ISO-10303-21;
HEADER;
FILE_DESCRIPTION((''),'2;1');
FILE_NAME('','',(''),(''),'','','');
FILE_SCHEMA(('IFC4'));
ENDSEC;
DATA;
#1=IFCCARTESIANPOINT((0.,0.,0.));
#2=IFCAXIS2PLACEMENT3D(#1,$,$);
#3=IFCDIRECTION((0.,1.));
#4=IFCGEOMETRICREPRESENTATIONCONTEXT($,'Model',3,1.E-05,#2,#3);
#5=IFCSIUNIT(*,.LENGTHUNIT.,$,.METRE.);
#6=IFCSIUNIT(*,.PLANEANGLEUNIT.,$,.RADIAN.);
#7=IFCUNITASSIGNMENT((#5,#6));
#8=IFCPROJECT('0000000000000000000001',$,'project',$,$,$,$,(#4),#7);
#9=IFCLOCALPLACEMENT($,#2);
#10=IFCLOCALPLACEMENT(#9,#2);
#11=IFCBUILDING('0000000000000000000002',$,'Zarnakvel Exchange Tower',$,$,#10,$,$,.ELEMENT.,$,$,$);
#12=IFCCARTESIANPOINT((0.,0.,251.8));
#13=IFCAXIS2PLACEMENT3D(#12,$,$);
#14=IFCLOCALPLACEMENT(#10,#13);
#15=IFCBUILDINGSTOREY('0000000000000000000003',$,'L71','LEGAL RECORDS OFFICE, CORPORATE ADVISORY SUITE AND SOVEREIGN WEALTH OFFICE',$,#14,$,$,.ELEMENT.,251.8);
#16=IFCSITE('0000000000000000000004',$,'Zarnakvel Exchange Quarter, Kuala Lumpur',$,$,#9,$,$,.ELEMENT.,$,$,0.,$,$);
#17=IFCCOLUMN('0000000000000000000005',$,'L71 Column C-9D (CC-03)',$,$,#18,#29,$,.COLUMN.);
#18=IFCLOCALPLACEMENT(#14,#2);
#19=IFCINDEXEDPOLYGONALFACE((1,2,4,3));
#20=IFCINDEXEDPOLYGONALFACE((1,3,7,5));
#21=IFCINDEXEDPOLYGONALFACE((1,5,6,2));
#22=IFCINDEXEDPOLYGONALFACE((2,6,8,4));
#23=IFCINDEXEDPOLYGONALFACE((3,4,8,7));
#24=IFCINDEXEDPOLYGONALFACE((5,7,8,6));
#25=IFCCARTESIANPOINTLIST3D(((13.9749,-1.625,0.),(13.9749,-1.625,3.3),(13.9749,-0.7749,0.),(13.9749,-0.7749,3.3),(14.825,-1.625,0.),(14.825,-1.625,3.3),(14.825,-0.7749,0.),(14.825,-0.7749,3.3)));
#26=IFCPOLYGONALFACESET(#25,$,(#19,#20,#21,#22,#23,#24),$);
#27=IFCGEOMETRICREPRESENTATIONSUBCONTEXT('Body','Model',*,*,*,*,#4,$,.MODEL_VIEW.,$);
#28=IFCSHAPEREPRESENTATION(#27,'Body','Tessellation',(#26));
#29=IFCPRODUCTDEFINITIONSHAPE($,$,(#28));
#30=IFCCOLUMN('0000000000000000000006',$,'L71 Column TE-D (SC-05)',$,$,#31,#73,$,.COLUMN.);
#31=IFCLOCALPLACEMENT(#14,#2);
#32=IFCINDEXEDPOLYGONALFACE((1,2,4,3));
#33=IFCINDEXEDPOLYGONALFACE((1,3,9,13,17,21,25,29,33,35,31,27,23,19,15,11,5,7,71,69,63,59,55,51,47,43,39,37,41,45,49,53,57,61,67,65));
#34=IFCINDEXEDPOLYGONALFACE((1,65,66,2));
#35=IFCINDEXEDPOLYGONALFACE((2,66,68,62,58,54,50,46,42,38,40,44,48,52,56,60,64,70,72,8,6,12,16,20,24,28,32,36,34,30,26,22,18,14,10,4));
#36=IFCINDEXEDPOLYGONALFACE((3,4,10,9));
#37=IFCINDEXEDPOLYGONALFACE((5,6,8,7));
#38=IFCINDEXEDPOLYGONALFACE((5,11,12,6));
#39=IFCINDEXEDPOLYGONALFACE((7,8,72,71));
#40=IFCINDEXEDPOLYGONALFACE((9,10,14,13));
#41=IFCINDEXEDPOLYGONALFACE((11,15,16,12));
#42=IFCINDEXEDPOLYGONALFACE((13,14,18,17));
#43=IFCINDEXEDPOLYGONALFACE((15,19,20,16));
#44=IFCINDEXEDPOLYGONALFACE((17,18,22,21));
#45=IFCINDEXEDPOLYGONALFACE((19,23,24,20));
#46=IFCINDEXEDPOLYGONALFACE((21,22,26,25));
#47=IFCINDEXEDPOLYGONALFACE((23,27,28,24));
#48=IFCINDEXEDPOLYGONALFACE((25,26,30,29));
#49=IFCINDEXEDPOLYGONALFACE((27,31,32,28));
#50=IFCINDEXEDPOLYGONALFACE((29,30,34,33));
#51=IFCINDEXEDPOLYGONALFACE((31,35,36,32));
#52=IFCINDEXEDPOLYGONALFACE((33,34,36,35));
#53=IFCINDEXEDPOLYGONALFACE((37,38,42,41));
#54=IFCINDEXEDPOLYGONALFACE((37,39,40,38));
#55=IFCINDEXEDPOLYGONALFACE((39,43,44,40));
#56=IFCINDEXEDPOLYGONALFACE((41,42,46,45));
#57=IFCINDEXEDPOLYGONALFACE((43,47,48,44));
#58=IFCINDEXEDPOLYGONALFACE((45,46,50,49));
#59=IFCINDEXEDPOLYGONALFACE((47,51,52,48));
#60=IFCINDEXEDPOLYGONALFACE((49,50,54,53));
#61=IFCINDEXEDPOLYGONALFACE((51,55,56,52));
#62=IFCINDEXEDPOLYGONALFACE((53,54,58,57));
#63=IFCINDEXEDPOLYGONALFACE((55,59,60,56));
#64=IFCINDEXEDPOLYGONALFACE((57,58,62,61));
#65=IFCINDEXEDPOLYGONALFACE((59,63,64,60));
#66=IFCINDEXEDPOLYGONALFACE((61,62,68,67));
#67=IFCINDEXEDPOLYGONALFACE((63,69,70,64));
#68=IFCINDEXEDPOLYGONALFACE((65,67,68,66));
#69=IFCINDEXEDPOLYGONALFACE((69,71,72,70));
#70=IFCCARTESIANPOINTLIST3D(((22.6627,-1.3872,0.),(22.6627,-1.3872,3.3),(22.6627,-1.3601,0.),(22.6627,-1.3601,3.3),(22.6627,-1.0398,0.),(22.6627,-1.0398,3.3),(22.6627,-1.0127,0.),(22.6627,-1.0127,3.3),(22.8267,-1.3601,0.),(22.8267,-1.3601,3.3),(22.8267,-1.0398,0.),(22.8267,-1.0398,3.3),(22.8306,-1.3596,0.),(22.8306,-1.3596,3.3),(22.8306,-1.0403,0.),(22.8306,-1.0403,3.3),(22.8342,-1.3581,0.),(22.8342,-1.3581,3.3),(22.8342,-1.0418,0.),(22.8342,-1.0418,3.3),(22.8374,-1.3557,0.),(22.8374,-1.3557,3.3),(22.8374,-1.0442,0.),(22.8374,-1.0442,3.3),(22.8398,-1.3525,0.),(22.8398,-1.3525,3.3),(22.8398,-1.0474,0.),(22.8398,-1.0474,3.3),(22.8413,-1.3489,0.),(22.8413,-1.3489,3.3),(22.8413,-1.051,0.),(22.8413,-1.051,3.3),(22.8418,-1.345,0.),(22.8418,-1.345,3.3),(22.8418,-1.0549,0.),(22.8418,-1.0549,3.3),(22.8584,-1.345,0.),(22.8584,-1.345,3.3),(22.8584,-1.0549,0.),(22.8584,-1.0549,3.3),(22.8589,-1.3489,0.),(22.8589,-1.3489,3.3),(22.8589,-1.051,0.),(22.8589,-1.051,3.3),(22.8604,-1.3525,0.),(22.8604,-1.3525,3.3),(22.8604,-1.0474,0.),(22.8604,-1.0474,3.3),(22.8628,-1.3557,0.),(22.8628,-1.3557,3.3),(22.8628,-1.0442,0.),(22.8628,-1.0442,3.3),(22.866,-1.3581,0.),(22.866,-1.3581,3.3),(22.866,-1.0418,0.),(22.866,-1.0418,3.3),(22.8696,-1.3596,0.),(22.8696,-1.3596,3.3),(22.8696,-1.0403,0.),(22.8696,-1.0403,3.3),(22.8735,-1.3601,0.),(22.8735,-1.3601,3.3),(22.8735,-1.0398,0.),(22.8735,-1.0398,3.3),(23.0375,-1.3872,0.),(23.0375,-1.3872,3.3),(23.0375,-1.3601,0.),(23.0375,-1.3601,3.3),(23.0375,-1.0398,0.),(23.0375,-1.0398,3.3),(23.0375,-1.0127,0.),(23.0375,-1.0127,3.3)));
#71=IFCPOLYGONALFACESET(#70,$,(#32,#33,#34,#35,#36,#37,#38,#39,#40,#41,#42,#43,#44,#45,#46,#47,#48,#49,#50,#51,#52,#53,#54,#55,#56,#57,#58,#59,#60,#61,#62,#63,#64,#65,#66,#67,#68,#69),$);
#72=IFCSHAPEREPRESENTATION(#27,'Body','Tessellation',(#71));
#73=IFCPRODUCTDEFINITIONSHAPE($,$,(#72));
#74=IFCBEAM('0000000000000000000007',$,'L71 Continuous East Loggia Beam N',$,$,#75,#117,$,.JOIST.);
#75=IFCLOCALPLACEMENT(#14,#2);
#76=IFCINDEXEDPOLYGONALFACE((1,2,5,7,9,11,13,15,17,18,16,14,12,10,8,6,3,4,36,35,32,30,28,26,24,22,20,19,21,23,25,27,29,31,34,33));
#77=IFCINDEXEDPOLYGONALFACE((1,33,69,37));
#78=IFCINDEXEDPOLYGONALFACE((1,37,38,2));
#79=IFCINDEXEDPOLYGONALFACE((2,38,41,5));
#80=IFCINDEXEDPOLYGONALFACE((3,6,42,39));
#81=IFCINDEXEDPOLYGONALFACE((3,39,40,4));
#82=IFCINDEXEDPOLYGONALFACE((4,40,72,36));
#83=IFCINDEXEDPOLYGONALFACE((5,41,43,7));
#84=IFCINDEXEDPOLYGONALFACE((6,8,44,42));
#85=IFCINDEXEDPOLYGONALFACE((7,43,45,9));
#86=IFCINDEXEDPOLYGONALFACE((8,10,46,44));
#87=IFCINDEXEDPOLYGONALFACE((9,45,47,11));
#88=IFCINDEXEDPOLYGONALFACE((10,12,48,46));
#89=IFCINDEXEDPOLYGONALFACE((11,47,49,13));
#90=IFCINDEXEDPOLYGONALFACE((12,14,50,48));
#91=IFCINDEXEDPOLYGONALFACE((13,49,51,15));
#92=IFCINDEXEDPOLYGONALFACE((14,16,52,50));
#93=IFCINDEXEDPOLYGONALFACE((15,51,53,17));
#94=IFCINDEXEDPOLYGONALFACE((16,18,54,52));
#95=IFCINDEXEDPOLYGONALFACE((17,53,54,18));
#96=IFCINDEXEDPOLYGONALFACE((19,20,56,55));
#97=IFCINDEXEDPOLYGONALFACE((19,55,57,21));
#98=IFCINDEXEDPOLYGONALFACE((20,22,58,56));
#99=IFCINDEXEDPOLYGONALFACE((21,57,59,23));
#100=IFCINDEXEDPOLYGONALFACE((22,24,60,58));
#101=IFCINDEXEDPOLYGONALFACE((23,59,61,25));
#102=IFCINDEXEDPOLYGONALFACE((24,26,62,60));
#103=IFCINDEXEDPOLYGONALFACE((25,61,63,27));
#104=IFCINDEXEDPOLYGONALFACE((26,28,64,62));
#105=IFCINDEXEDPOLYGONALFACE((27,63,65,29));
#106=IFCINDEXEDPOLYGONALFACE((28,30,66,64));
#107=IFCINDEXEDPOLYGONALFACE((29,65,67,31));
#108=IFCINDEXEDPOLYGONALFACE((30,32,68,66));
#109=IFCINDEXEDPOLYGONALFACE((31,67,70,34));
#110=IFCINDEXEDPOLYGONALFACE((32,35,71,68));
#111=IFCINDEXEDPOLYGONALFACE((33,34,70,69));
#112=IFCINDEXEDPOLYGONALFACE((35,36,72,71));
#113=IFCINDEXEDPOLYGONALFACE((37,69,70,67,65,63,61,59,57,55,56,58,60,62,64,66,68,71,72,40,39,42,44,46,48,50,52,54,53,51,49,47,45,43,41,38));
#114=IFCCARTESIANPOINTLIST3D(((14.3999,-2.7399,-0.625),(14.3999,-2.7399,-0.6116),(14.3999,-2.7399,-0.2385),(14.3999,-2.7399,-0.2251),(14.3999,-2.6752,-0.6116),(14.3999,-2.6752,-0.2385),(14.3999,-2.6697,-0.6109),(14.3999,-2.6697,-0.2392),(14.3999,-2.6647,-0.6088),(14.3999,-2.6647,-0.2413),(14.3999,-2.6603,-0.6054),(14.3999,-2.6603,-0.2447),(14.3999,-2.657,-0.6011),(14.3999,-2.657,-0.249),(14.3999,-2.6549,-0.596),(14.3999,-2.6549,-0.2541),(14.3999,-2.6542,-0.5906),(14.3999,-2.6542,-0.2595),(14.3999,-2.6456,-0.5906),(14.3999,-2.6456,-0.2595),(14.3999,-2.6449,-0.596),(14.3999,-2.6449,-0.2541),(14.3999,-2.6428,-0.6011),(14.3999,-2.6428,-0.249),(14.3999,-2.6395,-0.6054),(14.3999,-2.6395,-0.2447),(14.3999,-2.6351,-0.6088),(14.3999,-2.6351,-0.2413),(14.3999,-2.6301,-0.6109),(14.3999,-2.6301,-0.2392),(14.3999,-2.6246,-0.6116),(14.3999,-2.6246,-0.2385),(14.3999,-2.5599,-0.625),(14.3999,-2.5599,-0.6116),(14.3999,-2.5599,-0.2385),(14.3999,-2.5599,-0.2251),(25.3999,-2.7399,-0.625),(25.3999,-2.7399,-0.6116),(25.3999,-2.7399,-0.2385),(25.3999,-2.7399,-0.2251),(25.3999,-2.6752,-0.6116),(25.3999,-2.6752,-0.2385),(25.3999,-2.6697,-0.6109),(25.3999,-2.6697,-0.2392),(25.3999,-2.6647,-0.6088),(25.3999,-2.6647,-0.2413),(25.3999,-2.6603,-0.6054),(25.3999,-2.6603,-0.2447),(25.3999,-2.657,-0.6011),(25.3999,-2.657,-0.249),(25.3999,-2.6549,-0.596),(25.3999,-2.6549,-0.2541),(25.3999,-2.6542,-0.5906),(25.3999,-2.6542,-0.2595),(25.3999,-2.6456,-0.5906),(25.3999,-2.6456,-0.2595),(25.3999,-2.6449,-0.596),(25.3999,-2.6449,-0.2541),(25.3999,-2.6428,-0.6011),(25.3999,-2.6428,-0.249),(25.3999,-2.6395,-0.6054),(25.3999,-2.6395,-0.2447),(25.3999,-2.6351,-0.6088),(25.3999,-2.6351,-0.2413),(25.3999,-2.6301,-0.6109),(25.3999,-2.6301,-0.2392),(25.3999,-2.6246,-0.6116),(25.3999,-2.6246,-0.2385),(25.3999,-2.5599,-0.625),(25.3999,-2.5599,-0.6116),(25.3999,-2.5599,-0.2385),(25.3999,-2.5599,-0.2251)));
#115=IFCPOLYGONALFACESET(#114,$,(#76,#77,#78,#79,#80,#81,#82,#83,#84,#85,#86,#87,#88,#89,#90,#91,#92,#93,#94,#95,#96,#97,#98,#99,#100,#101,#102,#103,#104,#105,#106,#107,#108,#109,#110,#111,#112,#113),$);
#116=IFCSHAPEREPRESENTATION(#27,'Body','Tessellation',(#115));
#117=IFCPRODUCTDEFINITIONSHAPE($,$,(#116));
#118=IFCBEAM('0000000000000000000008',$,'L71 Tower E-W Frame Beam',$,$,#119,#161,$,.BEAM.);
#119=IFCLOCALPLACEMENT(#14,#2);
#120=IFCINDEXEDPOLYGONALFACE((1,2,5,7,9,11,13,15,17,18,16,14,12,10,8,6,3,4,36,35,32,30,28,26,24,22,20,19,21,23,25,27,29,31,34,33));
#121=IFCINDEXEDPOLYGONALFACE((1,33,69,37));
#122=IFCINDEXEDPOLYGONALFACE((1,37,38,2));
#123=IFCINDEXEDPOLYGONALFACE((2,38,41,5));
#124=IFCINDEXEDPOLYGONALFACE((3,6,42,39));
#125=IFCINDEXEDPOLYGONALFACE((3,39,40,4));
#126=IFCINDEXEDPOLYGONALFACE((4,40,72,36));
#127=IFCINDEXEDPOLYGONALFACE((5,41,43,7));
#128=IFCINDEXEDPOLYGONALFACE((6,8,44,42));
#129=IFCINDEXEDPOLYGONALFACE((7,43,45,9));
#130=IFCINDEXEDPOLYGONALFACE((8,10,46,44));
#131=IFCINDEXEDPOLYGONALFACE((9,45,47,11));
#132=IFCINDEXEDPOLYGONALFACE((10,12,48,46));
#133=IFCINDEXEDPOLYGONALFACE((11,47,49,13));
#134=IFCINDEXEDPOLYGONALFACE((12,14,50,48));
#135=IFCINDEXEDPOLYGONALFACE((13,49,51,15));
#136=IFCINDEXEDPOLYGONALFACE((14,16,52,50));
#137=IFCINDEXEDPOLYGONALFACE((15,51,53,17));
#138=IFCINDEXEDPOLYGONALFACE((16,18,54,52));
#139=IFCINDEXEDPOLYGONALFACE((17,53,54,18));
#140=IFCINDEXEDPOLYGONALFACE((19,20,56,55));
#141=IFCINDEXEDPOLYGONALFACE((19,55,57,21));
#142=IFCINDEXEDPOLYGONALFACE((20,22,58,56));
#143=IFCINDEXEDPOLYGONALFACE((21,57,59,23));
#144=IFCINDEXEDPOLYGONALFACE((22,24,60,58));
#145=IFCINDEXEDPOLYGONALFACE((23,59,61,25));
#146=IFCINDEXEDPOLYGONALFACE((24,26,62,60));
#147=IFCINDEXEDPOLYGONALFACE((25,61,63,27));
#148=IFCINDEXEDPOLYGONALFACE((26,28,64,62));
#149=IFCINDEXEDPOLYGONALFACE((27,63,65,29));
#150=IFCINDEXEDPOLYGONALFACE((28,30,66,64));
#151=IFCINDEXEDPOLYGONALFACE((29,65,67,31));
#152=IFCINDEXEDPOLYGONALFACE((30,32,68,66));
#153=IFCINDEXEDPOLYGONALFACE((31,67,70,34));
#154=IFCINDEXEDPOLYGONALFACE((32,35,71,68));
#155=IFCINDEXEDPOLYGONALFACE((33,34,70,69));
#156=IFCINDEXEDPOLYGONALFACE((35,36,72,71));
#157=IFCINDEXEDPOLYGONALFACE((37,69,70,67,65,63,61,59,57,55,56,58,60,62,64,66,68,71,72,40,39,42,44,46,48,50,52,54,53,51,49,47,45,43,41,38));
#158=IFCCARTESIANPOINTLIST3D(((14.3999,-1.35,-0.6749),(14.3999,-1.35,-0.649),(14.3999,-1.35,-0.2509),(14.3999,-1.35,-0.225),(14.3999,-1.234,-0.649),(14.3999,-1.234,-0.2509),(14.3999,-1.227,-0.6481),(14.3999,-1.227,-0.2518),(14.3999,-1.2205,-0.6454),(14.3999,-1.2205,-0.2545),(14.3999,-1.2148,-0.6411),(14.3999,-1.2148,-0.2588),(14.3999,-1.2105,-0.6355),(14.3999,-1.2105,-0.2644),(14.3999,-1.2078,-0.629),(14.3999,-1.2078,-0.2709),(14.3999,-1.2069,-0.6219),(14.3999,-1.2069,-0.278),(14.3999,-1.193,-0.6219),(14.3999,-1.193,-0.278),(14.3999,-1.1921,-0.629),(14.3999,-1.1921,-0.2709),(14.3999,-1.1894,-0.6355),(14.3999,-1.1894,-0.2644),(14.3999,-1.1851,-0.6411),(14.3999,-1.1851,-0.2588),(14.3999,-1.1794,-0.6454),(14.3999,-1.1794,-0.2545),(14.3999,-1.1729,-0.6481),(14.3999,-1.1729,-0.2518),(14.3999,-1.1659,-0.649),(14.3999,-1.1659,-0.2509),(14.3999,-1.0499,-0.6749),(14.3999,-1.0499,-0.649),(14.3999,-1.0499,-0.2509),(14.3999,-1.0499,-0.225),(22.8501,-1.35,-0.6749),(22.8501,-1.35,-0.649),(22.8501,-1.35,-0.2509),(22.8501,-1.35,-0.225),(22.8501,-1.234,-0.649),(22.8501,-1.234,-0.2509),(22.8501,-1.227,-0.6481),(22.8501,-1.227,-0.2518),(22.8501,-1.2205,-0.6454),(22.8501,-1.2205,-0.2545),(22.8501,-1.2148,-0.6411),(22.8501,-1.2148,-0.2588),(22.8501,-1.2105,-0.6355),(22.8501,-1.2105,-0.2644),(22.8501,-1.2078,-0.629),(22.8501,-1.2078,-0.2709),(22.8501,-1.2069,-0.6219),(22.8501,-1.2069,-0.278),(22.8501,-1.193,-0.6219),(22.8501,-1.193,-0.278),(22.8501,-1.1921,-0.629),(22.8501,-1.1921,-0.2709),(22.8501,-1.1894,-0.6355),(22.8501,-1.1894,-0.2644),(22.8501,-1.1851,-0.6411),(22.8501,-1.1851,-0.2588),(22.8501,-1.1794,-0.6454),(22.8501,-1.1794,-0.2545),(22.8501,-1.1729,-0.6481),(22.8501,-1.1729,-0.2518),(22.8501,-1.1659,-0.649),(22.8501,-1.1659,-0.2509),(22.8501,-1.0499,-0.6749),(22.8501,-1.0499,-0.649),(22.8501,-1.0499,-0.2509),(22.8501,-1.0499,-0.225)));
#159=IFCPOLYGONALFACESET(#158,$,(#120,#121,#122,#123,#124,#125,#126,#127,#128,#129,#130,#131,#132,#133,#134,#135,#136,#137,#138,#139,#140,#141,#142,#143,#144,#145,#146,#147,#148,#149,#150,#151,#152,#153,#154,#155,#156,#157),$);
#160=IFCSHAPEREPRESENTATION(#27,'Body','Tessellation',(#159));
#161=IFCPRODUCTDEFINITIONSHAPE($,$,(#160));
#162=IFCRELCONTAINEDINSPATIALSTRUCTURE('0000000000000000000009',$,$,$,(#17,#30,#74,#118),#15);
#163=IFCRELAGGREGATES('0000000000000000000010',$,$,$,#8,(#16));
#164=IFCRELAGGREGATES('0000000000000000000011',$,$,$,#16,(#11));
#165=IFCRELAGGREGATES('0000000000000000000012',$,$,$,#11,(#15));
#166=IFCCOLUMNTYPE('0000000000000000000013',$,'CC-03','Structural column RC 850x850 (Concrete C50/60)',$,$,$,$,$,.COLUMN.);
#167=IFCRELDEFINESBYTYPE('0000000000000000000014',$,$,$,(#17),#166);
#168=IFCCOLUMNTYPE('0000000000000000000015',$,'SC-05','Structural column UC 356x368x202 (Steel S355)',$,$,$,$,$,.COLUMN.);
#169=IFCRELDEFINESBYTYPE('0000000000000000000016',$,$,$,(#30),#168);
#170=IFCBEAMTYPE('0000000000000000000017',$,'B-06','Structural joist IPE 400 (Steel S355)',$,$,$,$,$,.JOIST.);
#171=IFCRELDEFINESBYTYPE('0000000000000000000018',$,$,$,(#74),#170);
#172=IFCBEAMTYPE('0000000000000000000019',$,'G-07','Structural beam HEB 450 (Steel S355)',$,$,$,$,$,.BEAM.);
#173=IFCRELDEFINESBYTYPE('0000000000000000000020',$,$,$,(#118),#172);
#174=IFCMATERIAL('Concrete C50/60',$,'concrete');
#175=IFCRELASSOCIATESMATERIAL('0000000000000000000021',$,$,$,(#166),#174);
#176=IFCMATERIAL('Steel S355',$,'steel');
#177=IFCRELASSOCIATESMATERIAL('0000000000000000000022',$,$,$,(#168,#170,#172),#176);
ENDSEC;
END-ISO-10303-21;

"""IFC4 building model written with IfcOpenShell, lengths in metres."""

from ifc_helpers import new_model, si_unit, direction, frame, origin, origin_2d, place, context, subcontext, project, spatial, rectangle, i_section, extrude, material, material_profile, profile_set, type_object, element, save


model = new_model("IFC4")

# Units and contexts
model_context = context("Model", 3, precision=1e-05, world=origin(), true_north=direction((0.0, 1.0)))
body_context = subcontext(model_context, "Body", "Model", "MODEL_VIEW")
ifc_project = project(units=[si_unit("LENGTHUNIT", "METRE"), si_unit("PLANEANGLEUNIT", "RADIAN")], contexts=[model_context])

# Site, building, storey
site_placement = place(None, origin())
site = spatial("IfcSite", under=ifc_project, at=site_placement, Name="Zarnakvel Exchange Quarter, Kuala Lumpur", CompositionType="ELEMENT", RefElevation=0.0)
building_placement = place(site_placement, origin())
building = spatial("IfcBuilding", under=site, at=building_placement, Name="Zarnakvel Exchange Tower", CompositionType="ELEMENT")
storey_placement = place(building_placement, frame((0.0, 0.0, 251.8)))
storey = spatial("IfcBuildingStorey", under=building, at=storey_placement, Name="L71", Description="LEGAL RECORDS OFFICE, CORPORATE ADVISORY SUITE AND SOVEREIGN WEALTH OFFICE", CompositionType="ELEMENT", Elevation=251.8)

# Columns
ifc_material_1 = material(Name="Concrete C50/60", Category="concrete")
ifc_material_profile_1 = material_profile(ifc_material_1, rectangle(XDim=0.8501, YDim=0.8501, at=origin_2d()))
ifc_profile_set_1 = profile_set([ifc_material_profile_1], Name="Concrete C50/60")
column_type_1 = type_object("IfcColumnType", Name="CC-03", Description="Structural column RC 850x850 (Concrete C50/60)", PredefinedType="COLUMN", material=ifc_profile_set_1)
column_1_placement = place(storey_placement, frame((14.3999, -1.2, 0.0), z_axis=(0.0, 0.0, 1.0), x_axis=(1.0, 0.0, 0.0)))
element("IfcColumn", 1, at=column_1_placement, inside=storey, type_object=column_type_1, Name="L71 Column C-9D (CC-03)", PredefinedType="COLUMN", context=body_context, shape_type="SweptSolid", body=[
    extrude(rectangle(XDim=0.8501, YDim=0.8501, at=origin_2d()), origin(), (0.0, 0.0, 1.0), 3.3),
])
ifc_material_2 = material(Name="Steel S355", Category="steel")
ifc_material_profile_2 = material_profile(ifc_material_2, i_section(OverallWidth=0.3748, OverallDepth=0.3745, WebThickness=0.0166, FlangeThickness=0.0271, FilletRadius=0.0151, at=origin_2d()))
ifc_profile_set_2 = profile_set([ifc_material_profile_2], Name="Steel S355")
column_type_2 = type_object("IfcColumnType", Name="SC-05", Description="Structural column UC 356x368x202 (Steel S355)", PredefinedType="COLUMN", material=ifc_profile_set_2)
column_2_placement = place(storey_placement, frame((22.8501, -1.2, 0.0), z_axis=(0.0, 0.0, 1.0), x_axis=(1.0, 0.0, 0.0)))
element("IfcColumn", 2, at=column_2_placement, inside=storey, type_object=column_type_2, Name="L71 Column TE-D (SC-05)", PredefinedType="COLUMN", context=body_context, shape_type="SweptSolid", body=[
    extrude(i_section(OverallWidth=0.3748, OverallDepth=0.3745, WebThickness=0.0166, FlangeThickness=0.0271, FilletRadius=0.0151, at=origin_2d()), origin(), (0.0, 0.0, 1.0), 3.3),
])

# Beams
ifc_material_profile_3 = material_profile(ifc_material_2, i_section(OverallWidth=0.1799, OverallDepth=0.3999, WebThickness=0.0085, FlangeThickness=0.0134, FilletRadius=0.021, at=origin_2d()))
ifc_profile_set_3 = profile_set([ifc_material_profile_3], Name="Steel S355")
beam_type_1 = type_object("IfcBeamType", Name="B-06", Description="Structural joist IPE 400 (Steel S355)", PredefinedType="JOIST", material=ifc_profile_set_3)
beam_1_placement = place(storey_placement, frame((14.3999, -2.6499, -0.425), z_axis=(1.0, 0.0, 0.0), x_axis=(0.0, 1.0, 0.0)))
element("IfcBeam", 3, at=beam_1_placement, inside=storey, type_object=beam_type_1, Name="L71 Continuous East Loggia Beam N", PredefinedType="JOIST", context=body_context, shape_type="SweptSolid", body=[
    extrude(i_section(OverallWidth=0.1799, OverallDepth=0.3999, WebThickness=0.0085, FlangeThickness=0.0134, FilletRadius=0.021, at=origin_2d()), origin(), (0.0, 0.0, 1.0), 11.0),
])
ifc_material_profile_4 = material_profile(ifc_material_2, i_section(OverallWidth=0.3, OverallDepth=0.45, WebThickness=0.0139, FlangeThickness=0.0259, FilletRadius=0.0271, at=origin_2d()))
ifc_profile_set_4 = profile_set([ifc_material_profile_4], Name="Steel S355")
beam_type_2 = type_object("IfcBeamType", Name="G-07", Description="Structural beam HEB 450 (Steel S355)", PredefinedType="BEAM", material=ifc_profile_set_4)
beam_2_placement = place(storey_placement, frame((14.3999, -1.2, -0.45), z_axis=(1.0, 0.0, 0.0), x_axis=(0.0, 1.0, 0.0)))
element("IfcBeam", 4, at=beam_2_placement, inside=storey, type_object=beam_type_2, Name="L71 Tower E-W Frame Beam", PredefinedType="BEAM", context=body_context, shape_type="SweptSolid", body=[
    extrude(i_section(OverallWidth=0.3, OverallDepth=0.45, WebThickness=0.0139, FlangeThickness=0.0259, FilletRadius=0.0271, at=origin_2d()), origin(), (0.0, 0.0, 1.0), 8.4502),
])

save(model, "model.ifc")
